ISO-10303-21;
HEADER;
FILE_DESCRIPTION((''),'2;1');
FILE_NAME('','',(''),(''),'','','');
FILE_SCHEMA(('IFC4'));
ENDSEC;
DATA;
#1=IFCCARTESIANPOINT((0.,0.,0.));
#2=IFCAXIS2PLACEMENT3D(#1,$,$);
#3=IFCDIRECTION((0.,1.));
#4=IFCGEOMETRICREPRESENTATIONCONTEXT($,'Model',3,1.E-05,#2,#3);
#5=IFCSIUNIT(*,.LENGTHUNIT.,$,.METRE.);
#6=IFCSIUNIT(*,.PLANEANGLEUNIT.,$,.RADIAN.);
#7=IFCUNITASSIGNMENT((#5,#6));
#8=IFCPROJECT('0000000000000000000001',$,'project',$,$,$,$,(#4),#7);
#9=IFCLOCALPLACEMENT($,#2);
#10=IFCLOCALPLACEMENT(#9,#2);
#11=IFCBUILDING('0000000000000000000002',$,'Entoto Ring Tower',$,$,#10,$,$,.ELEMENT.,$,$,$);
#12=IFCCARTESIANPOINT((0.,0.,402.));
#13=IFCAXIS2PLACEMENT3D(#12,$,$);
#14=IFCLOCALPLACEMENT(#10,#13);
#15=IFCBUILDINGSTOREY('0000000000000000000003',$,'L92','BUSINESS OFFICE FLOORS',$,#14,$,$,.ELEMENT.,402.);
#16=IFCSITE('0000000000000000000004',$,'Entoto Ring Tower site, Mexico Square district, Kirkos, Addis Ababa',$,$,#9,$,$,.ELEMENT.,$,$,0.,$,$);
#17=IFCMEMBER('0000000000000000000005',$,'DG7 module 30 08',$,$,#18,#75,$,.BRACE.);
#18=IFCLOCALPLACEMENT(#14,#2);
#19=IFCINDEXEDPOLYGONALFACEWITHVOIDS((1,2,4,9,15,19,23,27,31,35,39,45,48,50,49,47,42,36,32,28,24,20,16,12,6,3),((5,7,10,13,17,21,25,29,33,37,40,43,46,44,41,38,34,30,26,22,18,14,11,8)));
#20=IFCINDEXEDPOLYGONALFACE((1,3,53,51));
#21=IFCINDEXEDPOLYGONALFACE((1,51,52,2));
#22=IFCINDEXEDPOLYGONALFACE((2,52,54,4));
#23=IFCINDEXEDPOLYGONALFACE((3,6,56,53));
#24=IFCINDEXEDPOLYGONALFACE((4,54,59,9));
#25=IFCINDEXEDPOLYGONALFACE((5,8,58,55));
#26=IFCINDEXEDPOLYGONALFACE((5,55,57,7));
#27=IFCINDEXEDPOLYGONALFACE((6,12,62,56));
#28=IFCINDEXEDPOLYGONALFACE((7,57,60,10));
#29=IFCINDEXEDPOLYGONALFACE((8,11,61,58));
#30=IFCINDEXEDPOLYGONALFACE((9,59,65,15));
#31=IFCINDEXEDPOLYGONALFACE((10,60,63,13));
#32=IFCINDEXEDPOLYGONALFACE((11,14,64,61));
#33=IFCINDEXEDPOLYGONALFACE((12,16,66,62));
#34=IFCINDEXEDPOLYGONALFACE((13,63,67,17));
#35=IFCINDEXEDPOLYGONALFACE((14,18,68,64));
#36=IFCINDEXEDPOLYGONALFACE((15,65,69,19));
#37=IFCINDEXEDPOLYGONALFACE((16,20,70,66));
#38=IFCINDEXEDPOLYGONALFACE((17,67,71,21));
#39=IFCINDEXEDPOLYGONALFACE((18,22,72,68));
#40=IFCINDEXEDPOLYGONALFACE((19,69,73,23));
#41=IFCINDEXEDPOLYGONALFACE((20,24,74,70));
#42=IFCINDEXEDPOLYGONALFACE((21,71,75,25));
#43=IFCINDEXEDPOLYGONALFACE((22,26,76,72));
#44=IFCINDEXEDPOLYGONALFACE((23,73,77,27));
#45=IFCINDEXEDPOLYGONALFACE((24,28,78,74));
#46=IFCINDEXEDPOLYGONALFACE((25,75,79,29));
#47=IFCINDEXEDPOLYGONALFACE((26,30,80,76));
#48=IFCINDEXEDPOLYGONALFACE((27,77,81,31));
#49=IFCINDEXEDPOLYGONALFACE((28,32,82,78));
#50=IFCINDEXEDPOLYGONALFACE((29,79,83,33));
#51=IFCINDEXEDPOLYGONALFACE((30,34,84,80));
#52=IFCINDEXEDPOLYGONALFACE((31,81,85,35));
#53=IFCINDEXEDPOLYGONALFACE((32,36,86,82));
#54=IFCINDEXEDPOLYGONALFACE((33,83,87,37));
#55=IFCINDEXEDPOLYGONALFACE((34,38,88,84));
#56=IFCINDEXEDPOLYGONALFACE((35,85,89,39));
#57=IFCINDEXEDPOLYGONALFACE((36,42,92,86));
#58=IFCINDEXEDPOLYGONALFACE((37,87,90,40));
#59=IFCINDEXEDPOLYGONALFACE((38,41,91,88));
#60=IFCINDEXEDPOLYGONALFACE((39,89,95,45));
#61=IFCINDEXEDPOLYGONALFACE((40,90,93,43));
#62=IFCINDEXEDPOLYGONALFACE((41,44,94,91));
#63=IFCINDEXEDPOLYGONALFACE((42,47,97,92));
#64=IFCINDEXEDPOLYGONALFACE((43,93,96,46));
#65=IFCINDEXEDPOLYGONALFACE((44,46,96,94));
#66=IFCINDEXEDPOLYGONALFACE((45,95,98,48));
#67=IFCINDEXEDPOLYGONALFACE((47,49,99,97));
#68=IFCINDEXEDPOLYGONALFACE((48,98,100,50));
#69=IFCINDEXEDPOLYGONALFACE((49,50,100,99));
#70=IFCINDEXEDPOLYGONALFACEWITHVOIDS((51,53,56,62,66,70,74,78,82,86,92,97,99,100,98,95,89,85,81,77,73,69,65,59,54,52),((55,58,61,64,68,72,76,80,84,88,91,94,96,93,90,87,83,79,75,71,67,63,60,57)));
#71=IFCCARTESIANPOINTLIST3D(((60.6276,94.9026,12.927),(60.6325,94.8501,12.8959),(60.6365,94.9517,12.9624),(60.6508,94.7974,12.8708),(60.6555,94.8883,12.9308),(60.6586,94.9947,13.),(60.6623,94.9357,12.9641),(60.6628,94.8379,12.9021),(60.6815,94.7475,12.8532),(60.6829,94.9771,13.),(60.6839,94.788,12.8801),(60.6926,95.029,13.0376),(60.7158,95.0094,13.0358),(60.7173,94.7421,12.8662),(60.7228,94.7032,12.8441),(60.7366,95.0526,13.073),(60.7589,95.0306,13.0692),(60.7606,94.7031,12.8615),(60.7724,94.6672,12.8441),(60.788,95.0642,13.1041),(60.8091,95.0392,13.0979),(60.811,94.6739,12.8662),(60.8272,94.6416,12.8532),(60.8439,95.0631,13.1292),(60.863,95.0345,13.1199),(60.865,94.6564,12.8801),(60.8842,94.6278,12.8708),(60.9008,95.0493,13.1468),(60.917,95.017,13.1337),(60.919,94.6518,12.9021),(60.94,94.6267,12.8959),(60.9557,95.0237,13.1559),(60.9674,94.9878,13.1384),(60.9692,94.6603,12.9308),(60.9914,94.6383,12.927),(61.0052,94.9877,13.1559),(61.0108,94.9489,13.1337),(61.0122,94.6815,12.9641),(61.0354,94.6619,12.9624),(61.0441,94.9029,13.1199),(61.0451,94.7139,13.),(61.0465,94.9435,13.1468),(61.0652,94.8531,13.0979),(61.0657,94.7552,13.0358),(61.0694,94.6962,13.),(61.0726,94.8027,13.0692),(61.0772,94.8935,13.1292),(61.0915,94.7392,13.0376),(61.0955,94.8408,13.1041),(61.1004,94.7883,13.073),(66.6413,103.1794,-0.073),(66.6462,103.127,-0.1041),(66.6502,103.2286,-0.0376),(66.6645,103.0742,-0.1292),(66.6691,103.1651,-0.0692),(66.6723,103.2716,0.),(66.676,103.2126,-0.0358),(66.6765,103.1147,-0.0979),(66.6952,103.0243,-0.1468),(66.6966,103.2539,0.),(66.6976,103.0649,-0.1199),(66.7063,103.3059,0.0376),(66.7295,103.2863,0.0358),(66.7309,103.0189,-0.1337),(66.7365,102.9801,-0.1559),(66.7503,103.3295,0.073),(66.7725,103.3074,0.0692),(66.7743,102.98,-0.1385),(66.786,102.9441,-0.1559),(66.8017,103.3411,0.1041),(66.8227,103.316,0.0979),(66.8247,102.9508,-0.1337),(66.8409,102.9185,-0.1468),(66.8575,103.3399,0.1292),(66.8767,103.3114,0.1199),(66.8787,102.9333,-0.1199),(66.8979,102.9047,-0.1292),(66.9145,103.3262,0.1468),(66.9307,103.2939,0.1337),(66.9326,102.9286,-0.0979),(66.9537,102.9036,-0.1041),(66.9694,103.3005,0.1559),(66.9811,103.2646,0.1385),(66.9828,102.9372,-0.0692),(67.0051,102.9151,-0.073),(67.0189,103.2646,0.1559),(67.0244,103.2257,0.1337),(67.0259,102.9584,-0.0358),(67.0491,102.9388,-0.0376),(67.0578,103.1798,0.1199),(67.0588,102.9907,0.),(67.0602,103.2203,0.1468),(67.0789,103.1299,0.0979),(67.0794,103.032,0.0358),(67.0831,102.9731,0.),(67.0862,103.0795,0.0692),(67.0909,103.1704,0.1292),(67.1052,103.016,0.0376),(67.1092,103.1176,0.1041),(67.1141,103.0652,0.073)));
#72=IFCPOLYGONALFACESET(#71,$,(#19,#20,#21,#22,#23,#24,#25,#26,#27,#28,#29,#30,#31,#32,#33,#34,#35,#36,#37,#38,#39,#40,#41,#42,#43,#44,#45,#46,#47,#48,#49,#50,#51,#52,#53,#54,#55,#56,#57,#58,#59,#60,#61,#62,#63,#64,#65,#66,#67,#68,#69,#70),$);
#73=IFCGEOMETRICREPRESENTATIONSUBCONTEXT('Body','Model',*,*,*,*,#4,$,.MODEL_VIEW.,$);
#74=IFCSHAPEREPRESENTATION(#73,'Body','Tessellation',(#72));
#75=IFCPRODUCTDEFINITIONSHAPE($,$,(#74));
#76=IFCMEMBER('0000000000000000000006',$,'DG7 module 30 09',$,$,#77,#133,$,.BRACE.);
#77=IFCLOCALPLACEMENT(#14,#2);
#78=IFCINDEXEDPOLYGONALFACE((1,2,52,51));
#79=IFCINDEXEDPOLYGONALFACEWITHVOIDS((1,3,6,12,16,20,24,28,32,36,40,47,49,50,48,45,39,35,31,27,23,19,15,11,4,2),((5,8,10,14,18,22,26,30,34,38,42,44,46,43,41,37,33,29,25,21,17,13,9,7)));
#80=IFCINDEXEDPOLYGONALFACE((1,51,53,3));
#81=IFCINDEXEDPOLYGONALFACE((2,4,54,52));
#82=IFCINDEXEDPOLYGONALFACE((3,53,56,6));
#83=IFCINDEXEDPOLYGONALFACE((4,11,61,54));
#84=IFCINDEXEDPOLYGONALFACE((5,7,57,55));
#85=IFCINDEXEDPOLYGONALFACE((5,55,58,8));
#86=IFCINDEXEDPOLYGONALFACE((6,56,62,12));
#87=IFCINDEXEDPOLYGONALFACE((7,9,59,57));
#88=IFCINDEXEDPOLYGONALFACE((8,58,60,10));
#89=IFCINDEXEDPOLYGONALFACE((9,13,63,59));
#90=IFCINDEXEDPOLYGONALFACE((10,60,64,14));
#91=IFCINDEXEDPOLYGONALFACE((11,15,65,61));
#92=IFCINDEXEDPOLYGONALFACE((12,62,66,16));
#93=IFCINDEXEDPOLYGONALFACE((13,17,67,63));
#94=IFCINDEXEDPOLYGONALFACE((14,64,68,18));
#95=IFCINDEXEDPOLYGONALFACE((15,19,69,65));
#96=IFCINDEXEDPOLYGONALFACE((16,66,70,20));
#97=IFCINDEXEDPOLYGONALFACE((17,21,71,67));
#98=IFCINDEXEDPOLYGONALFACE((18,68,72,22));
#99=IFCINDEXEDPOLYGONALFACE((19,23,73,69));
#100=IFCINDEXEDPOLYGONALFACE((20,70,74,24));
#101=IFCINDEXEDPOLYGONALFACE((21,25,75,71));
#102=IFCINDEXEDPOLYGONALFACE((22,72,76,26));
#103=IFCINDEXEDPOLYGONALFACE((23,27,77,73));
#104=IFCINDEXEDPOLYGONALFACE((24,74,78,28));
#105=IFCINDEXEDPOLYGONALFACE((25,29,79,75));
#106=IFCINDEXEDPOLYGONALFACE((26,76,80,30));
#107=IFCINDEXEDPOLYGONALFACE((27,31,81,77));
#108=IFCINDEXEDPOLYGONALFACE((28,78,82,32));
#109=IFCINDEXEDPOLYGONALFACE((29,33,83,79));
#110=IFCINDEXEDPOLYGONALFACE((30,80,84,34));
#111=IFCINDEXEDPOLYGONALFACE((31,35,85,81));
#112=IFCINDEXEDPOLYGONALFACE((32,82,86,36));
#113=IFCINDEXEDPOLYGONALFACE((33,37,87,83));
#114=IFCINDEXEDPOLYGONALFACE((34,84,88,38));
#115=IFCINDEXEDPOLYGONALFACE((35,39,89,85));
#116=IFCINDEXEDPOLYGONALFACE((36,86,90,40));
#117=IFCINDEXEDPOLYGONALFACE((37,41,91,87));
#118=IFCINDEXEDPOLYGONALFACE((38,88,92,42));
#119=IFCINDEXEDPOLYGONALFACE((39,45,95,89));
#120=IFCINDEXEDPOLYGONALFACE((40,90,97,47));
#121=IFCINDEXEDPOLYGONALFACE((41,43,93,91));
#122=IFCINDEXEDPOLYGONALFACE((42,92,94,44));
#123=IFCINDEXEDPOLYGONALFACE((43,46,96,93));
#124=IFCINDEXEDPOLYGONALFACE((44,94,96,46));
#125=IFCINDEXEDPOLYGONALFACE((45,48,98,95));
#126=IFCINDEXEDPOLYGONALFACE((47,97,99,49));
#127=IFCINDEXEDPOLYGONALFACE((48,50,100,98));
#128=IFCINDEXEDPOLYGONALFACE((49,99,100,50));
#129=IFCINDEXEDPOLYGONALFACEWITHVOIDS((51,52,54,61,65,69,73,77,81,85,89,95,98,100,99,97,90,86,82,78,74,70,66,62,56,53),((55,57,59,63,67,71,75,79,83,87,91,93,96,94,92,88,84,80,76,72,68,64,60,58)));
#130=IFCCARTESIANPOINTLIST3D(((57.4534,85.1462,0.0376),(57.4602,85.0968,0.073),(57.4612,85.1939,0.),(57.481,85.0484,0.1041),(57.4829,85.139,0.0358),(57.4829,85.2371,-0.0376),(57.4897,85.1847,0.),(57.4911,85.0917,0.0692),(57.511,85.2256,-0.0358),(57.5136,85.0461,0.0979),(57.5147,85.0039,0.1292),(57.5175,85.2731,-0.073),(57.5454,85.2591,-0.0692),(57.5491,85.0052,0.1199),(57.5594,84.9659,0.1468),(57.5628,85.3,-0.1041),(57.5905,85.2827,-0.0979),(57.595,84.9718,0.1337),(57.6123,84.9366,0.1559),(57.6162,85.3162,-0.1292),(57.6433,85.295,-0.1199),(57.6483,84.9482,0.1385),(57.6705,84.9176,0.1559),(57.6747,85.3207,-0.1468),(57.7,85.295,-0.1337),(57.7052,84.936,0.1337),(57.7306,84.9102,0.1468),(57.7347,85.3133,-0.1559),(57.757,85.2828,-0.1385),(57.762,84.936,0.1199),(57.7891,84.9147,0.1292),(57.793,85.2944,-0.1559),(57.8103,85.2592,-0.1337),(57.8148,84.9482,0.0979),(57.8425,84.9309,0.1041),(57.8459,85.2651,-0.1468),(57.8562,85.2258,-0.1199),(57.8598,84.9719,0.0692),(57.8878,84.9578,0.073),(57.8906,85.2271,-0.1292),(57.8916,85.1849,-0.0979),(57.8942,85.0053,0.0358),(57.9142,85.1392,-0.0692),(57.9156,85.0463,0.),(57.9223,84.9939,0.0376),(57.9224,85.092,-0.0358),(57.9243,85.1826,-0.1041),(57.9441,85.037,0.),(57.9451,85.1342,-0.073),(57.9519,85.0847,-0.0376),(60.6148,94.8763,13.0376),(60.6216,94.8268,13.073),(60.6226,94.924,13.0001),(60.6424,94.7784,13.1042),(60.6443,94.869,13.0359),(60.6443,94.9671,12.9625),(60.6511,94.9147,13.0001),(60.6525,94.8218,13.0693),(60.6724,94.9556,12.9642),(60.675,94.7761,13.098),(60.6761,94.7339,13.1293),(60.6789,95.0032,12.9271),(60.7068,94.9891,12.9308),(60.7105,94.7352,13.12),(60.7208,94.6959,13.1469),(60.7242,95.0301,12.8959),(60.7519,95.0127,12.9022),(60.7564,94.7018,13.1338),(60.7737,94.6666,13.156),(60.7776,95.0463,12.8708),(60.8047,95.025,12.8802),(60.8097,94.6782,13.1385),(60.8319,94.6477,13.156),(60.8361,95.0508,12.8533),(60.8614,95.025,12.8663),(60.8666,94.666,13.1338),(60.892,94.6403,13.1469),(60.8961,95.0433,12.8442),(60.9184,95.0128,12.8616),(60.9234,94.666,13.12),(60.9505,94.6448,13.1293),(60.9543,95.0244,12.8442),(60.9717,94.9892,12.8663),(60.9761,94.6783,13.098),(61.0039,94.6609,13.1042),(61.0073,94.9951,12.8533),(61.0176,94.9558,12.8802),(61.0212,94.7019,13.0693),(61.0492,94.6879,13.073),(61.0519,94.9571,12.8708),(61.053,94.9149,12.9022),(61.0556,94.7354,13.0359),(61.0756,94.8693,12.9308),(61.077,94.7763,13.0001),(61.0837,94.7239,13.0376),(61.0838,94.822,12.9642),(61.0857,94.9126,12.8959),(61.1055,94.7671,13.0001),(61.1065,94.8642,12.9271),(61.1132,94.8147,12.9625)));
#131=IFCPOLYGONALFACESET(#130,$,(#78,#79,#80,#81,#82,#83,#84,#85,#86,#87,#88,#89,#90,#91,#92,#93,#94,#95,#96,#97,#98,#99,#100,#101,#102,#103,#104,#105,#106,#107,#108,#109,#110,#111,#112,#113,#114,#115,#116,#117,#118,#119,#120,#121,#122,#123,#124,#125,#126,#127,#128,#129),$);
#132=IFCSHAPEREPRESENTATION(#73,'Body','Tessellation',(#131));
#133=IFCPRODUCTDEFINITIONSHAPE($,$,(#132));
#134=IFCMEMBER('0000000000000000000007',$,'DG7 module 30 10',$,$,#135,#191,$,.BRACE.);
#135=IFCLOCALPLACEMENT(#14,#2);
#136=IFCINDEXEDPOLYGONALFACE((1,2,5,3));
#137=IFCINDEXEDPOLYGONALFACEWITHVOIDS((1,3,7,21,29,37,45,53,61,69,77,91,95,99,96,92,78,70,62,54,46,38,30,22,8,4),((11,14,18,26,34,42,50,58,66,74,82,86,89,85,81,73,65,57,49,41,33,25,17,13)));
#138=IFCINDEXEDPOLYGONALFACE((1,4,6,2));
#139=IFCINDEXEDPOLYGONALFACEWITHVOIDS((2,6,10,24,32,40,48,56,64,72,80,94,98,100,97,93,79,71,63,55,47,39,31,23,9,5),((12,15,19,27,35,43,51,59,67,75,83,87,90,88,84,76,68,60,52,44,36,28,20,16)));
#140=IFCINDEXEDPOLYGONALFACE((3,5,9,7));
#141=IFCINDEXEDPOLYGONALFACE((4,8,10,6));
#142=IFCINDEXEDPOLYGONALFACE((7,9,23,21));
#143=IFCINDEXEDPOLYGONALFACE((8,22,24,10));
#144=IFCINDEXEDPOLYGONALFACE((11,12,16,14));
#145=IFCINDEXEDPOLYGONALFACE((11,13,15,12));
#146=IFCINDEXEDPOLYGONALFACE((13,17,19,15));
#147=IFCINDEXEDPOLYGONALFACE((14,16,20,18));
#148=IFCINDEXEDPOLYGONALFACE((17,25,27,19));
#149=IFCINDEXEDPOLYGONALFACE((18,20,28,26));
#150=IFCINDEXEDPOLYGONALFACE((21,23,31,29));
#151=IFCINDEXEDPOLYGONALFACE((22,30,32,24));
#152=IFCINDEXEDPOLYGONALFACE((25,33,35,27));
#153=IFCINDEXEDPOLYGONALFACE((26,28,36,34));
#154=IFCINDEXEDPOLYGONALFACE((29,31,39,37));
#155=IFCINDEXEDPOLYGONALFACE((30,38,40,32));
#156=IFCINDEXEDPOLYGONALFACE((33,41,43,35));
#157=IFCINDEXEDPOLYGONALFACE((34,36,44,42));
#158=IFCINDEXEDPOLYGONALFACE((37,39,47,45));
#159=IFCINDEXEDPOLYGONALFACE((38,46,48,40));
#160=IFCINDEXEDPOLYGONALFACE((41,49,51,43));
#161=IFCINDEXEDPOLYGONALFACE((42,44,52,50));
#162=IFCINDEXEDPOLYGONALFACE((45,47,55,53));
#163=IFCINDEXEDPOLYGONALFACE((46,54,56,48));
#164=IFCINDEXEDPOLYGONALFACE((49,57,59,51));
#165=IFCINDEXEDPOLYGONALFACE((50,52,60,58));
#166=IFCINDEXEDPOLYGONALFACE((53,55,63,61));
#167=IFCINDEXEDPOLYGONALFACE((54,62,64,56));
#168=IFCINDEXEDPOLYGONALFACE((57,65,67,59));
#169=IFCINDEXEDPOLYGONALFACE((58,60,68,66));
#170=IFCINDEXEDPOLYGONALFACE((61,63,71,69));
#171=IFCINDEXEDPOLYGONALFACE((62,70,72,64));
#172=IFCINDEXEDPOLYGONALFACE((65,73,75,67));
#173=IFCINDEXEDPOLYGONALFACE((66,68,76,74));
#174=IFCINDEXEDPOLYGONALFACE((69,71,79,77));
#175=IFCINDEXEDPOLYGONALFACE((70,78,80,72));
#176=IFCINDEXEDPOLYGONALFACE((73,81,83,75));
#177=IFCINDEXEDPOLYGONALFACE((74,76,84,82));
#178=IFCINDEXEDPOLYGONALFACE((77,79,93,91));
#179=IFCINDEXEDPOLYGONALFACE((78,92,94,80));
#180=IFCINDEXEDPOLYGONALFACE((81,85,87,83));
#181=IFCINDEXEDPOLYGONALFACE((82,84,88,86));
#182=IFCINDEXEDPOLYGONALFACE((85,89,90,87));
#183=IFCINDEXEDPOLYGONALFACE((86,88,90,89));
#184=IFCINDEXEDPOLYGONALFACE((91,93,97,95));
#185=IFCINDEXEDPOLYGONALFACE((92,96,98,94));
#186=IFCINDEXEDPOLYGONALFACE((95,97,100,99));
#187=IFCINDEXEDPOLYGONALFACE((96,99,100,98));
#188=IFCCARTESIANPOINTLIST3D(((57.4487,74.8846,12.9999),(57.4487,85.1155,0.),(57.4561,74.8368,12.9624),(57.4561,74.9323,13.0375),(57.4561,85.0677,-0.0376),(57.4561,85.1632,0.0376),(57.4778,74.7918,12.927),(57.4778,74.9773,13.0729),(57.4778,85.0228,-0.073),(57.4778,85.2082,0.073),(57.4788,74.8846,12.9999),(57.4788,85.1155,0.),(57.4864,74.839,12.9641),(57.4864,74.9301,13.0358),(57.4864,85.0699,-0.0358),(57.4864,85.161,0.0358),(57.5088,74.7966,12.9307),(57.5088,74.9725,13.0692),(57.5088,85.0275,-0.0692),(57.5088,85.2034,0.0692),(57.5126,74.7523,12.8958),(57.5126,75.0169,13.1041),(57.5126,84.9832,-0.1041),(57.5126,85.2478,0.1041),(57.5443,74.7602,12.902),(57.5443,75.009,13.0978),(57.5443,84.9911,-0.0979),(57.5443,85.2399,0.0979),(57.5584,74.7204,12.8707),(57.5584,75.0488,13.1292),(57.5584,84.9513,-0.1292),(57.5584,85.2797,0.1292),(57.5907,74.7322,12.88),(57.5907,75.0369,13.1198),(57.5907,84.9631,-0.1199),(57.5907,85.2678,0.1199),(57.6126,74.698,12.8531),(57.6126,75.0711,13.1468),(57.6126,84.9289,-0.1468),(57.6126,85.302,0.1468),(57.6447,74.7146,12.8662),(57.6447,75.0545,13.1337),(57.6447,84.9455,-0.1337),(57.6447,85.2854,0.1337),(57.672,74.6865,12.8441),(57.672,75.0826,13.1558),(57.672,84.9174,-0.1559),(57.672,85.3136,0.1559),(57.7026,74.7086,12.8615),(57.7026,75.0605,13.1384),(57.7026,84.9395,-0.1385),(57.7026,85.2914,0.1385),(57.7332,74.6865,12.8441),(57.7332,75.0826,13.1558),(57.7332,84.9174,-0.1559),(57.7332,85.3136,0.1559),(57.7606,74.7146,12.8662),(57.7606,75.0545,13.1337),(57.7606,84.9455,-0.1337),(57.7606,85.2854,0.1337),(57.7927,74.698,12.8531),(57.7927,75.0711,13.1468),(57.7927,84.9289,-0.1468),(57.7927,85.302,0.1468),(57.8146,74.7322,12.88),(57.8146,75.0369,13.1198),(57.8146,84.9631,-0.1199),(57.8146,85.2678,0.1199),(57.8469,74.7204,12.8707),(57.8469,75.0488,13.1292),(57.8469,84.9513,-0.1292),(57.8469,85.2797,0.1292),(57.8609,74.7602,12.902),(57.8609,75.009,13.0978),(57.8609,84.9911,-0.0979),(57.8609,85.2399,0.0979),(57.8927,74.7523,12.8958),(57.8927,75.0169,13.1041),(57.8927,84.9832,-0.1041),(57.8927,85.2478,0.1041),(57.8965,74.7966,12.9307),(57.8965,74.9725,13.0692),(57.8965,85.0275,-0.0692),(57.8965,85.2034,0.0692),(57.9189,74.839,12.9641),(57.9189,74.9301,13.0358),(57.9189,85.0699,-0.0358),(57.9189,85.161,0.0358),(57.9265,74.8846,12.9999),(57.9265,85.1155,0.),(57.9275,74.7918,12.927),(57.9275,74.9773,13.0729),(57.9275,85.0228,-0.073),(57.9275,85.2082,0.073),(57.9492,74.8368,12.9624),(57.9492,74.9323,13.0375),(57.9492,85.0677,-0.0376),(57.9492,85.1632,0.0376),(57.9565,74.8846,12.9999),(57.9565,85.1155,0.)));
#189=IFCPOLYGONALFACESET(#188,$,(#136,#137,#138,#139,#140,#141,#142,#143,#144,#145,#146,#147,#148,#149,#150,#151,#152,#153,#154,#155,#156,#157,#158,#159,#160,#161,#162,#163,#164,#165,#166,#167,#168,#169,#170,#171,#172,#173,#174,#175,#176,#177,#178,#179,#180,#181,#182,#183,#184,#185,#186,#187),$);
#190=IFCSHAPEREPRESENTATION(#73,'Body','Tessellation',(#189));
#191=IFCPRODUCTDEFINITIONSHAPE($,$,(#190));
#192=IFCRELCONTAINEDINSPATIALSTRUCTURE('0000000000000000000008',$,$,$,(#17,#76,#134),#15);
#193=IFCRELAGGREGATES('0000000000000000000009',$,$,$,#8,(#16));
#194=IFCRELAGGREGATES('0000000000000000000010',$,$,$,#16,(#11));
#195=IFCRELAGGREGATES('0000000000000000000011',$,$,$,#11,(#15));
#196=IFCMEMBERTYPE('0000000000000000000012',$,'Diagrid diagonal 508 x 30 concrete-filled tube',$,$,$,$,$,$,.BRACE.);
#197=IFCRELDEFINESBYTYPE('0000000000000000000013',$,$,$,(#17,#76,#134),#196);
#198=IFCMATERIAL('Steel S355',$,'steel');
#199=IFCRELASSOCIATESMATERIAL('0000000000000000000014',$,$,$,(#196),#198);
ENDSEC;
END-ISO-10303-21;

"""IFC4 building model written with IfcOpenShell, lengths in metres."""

from ifc_helpers import new_model, si_unit, direction, frame, origin, origin_2d, place, context, subcontext, project, spatial, circle, hollow_circle, extrude, material, material_profile, profile_set, type_object, element, save


model = new_model("IFC4")

# Units and contexts
model_context = context("Model", 3, precision=1e-05, world=origin(), true_north=direction((0.0, 1.0)))
body_context = subcontext(model_context, "Body", "Model", "MODEL_VIEW")
ifc_project = project(units=[si_unit("LENGTHUNIT", "METRE"), si_unit("PLANEANGLEUNIT", "RADIAN")], contexts=[model_context])

# Site, building, storey
site_placement = place(None, origin())
site = spatial("IfcSite", under=ifc_project, at=site_placement, Name="Entoto Ring Tower site, Mexico Square district, Kirkos, Addis Ababa", CompositionType="ELEMENT", RefElevation=0.0)
building_placement = place(site_placement, origin())
building = spatial("IfcBuilding", under=site, at=building_placement, Name="Entoto Ring Tower", CompositionType="ELEMENT")
storey_placement = place(building_placement, frame((0.0, 0.0, 402.0)))
storey = spatial("IfcBuildingStorey", under=building, at=storey_placement, Name="L92", Description="BUSINESS OFFICE FLOORS", CompositionType="ELEMENT", Elevation=402.0)

# Members
ifc_material_1 = material(Name="Steel S355", Category="steel")
ifc_material_profile_1 = material_profile(ifc_material_1, hollow_circle(Radius=0.2539, WallThickness=0.03, at=origin_2d()), Name="CHS 508 x 30")
ifc_material_2 = material(Name="Concrete C60/75", Category="concrete")
ifc_material_profile_2 = material_profile(ifc_material_2, circle(Radius=0.2241, at=origin_2d()), Name="Concrete C60/75 infill")
ifc_profile_set_1 = profile_set([ifc_material_profile_1, ifc_material_profile_2], Name="Steel S355")
member_type_1 = type_object("IfcMemberType", Name="Diagrid diagonal 508 x 30 concrete-filled tube", PredefinedType="BRACE", material=ifc_profile_set_1)
for number, where, z_axis, x_axis, name in (
    (1, (66.8777, 103.1223, 0.0), (-0.363518, -0.500324, 0.785831), (0.809008, -0.587797, 0.0), "DG7 module 30 08"),
    (2, (57.7026, 85.1155, 0.0), (0.191102, 0.588167, 0.785837), (-0.951059, 0.309009, 0.0), "DG7 module 30 09"),
    (3, (57.7026, 85.1155, 0.0), (0.0, -0.618444, 0.785829), (1.0, 0.0, 0.0), "DG7 module 30 10"),
):
    element("IfcMember", number, at=place(storey_placement, frame(where, z_axis=z_axis, x_axis=x_axis)), inside=storey, type_object=member_type_1, Name=name, PredefinedType="BRACE", context=body_context, shape_type="SweptSolid", body=[
        extrude(hollow_circle(Radius=0.2539, WallThickness=0.03, at=origin_2d()), origin(), (0.0, 0.0, 1.0), 16.543),
    ])

save(model, "model.ifc")
